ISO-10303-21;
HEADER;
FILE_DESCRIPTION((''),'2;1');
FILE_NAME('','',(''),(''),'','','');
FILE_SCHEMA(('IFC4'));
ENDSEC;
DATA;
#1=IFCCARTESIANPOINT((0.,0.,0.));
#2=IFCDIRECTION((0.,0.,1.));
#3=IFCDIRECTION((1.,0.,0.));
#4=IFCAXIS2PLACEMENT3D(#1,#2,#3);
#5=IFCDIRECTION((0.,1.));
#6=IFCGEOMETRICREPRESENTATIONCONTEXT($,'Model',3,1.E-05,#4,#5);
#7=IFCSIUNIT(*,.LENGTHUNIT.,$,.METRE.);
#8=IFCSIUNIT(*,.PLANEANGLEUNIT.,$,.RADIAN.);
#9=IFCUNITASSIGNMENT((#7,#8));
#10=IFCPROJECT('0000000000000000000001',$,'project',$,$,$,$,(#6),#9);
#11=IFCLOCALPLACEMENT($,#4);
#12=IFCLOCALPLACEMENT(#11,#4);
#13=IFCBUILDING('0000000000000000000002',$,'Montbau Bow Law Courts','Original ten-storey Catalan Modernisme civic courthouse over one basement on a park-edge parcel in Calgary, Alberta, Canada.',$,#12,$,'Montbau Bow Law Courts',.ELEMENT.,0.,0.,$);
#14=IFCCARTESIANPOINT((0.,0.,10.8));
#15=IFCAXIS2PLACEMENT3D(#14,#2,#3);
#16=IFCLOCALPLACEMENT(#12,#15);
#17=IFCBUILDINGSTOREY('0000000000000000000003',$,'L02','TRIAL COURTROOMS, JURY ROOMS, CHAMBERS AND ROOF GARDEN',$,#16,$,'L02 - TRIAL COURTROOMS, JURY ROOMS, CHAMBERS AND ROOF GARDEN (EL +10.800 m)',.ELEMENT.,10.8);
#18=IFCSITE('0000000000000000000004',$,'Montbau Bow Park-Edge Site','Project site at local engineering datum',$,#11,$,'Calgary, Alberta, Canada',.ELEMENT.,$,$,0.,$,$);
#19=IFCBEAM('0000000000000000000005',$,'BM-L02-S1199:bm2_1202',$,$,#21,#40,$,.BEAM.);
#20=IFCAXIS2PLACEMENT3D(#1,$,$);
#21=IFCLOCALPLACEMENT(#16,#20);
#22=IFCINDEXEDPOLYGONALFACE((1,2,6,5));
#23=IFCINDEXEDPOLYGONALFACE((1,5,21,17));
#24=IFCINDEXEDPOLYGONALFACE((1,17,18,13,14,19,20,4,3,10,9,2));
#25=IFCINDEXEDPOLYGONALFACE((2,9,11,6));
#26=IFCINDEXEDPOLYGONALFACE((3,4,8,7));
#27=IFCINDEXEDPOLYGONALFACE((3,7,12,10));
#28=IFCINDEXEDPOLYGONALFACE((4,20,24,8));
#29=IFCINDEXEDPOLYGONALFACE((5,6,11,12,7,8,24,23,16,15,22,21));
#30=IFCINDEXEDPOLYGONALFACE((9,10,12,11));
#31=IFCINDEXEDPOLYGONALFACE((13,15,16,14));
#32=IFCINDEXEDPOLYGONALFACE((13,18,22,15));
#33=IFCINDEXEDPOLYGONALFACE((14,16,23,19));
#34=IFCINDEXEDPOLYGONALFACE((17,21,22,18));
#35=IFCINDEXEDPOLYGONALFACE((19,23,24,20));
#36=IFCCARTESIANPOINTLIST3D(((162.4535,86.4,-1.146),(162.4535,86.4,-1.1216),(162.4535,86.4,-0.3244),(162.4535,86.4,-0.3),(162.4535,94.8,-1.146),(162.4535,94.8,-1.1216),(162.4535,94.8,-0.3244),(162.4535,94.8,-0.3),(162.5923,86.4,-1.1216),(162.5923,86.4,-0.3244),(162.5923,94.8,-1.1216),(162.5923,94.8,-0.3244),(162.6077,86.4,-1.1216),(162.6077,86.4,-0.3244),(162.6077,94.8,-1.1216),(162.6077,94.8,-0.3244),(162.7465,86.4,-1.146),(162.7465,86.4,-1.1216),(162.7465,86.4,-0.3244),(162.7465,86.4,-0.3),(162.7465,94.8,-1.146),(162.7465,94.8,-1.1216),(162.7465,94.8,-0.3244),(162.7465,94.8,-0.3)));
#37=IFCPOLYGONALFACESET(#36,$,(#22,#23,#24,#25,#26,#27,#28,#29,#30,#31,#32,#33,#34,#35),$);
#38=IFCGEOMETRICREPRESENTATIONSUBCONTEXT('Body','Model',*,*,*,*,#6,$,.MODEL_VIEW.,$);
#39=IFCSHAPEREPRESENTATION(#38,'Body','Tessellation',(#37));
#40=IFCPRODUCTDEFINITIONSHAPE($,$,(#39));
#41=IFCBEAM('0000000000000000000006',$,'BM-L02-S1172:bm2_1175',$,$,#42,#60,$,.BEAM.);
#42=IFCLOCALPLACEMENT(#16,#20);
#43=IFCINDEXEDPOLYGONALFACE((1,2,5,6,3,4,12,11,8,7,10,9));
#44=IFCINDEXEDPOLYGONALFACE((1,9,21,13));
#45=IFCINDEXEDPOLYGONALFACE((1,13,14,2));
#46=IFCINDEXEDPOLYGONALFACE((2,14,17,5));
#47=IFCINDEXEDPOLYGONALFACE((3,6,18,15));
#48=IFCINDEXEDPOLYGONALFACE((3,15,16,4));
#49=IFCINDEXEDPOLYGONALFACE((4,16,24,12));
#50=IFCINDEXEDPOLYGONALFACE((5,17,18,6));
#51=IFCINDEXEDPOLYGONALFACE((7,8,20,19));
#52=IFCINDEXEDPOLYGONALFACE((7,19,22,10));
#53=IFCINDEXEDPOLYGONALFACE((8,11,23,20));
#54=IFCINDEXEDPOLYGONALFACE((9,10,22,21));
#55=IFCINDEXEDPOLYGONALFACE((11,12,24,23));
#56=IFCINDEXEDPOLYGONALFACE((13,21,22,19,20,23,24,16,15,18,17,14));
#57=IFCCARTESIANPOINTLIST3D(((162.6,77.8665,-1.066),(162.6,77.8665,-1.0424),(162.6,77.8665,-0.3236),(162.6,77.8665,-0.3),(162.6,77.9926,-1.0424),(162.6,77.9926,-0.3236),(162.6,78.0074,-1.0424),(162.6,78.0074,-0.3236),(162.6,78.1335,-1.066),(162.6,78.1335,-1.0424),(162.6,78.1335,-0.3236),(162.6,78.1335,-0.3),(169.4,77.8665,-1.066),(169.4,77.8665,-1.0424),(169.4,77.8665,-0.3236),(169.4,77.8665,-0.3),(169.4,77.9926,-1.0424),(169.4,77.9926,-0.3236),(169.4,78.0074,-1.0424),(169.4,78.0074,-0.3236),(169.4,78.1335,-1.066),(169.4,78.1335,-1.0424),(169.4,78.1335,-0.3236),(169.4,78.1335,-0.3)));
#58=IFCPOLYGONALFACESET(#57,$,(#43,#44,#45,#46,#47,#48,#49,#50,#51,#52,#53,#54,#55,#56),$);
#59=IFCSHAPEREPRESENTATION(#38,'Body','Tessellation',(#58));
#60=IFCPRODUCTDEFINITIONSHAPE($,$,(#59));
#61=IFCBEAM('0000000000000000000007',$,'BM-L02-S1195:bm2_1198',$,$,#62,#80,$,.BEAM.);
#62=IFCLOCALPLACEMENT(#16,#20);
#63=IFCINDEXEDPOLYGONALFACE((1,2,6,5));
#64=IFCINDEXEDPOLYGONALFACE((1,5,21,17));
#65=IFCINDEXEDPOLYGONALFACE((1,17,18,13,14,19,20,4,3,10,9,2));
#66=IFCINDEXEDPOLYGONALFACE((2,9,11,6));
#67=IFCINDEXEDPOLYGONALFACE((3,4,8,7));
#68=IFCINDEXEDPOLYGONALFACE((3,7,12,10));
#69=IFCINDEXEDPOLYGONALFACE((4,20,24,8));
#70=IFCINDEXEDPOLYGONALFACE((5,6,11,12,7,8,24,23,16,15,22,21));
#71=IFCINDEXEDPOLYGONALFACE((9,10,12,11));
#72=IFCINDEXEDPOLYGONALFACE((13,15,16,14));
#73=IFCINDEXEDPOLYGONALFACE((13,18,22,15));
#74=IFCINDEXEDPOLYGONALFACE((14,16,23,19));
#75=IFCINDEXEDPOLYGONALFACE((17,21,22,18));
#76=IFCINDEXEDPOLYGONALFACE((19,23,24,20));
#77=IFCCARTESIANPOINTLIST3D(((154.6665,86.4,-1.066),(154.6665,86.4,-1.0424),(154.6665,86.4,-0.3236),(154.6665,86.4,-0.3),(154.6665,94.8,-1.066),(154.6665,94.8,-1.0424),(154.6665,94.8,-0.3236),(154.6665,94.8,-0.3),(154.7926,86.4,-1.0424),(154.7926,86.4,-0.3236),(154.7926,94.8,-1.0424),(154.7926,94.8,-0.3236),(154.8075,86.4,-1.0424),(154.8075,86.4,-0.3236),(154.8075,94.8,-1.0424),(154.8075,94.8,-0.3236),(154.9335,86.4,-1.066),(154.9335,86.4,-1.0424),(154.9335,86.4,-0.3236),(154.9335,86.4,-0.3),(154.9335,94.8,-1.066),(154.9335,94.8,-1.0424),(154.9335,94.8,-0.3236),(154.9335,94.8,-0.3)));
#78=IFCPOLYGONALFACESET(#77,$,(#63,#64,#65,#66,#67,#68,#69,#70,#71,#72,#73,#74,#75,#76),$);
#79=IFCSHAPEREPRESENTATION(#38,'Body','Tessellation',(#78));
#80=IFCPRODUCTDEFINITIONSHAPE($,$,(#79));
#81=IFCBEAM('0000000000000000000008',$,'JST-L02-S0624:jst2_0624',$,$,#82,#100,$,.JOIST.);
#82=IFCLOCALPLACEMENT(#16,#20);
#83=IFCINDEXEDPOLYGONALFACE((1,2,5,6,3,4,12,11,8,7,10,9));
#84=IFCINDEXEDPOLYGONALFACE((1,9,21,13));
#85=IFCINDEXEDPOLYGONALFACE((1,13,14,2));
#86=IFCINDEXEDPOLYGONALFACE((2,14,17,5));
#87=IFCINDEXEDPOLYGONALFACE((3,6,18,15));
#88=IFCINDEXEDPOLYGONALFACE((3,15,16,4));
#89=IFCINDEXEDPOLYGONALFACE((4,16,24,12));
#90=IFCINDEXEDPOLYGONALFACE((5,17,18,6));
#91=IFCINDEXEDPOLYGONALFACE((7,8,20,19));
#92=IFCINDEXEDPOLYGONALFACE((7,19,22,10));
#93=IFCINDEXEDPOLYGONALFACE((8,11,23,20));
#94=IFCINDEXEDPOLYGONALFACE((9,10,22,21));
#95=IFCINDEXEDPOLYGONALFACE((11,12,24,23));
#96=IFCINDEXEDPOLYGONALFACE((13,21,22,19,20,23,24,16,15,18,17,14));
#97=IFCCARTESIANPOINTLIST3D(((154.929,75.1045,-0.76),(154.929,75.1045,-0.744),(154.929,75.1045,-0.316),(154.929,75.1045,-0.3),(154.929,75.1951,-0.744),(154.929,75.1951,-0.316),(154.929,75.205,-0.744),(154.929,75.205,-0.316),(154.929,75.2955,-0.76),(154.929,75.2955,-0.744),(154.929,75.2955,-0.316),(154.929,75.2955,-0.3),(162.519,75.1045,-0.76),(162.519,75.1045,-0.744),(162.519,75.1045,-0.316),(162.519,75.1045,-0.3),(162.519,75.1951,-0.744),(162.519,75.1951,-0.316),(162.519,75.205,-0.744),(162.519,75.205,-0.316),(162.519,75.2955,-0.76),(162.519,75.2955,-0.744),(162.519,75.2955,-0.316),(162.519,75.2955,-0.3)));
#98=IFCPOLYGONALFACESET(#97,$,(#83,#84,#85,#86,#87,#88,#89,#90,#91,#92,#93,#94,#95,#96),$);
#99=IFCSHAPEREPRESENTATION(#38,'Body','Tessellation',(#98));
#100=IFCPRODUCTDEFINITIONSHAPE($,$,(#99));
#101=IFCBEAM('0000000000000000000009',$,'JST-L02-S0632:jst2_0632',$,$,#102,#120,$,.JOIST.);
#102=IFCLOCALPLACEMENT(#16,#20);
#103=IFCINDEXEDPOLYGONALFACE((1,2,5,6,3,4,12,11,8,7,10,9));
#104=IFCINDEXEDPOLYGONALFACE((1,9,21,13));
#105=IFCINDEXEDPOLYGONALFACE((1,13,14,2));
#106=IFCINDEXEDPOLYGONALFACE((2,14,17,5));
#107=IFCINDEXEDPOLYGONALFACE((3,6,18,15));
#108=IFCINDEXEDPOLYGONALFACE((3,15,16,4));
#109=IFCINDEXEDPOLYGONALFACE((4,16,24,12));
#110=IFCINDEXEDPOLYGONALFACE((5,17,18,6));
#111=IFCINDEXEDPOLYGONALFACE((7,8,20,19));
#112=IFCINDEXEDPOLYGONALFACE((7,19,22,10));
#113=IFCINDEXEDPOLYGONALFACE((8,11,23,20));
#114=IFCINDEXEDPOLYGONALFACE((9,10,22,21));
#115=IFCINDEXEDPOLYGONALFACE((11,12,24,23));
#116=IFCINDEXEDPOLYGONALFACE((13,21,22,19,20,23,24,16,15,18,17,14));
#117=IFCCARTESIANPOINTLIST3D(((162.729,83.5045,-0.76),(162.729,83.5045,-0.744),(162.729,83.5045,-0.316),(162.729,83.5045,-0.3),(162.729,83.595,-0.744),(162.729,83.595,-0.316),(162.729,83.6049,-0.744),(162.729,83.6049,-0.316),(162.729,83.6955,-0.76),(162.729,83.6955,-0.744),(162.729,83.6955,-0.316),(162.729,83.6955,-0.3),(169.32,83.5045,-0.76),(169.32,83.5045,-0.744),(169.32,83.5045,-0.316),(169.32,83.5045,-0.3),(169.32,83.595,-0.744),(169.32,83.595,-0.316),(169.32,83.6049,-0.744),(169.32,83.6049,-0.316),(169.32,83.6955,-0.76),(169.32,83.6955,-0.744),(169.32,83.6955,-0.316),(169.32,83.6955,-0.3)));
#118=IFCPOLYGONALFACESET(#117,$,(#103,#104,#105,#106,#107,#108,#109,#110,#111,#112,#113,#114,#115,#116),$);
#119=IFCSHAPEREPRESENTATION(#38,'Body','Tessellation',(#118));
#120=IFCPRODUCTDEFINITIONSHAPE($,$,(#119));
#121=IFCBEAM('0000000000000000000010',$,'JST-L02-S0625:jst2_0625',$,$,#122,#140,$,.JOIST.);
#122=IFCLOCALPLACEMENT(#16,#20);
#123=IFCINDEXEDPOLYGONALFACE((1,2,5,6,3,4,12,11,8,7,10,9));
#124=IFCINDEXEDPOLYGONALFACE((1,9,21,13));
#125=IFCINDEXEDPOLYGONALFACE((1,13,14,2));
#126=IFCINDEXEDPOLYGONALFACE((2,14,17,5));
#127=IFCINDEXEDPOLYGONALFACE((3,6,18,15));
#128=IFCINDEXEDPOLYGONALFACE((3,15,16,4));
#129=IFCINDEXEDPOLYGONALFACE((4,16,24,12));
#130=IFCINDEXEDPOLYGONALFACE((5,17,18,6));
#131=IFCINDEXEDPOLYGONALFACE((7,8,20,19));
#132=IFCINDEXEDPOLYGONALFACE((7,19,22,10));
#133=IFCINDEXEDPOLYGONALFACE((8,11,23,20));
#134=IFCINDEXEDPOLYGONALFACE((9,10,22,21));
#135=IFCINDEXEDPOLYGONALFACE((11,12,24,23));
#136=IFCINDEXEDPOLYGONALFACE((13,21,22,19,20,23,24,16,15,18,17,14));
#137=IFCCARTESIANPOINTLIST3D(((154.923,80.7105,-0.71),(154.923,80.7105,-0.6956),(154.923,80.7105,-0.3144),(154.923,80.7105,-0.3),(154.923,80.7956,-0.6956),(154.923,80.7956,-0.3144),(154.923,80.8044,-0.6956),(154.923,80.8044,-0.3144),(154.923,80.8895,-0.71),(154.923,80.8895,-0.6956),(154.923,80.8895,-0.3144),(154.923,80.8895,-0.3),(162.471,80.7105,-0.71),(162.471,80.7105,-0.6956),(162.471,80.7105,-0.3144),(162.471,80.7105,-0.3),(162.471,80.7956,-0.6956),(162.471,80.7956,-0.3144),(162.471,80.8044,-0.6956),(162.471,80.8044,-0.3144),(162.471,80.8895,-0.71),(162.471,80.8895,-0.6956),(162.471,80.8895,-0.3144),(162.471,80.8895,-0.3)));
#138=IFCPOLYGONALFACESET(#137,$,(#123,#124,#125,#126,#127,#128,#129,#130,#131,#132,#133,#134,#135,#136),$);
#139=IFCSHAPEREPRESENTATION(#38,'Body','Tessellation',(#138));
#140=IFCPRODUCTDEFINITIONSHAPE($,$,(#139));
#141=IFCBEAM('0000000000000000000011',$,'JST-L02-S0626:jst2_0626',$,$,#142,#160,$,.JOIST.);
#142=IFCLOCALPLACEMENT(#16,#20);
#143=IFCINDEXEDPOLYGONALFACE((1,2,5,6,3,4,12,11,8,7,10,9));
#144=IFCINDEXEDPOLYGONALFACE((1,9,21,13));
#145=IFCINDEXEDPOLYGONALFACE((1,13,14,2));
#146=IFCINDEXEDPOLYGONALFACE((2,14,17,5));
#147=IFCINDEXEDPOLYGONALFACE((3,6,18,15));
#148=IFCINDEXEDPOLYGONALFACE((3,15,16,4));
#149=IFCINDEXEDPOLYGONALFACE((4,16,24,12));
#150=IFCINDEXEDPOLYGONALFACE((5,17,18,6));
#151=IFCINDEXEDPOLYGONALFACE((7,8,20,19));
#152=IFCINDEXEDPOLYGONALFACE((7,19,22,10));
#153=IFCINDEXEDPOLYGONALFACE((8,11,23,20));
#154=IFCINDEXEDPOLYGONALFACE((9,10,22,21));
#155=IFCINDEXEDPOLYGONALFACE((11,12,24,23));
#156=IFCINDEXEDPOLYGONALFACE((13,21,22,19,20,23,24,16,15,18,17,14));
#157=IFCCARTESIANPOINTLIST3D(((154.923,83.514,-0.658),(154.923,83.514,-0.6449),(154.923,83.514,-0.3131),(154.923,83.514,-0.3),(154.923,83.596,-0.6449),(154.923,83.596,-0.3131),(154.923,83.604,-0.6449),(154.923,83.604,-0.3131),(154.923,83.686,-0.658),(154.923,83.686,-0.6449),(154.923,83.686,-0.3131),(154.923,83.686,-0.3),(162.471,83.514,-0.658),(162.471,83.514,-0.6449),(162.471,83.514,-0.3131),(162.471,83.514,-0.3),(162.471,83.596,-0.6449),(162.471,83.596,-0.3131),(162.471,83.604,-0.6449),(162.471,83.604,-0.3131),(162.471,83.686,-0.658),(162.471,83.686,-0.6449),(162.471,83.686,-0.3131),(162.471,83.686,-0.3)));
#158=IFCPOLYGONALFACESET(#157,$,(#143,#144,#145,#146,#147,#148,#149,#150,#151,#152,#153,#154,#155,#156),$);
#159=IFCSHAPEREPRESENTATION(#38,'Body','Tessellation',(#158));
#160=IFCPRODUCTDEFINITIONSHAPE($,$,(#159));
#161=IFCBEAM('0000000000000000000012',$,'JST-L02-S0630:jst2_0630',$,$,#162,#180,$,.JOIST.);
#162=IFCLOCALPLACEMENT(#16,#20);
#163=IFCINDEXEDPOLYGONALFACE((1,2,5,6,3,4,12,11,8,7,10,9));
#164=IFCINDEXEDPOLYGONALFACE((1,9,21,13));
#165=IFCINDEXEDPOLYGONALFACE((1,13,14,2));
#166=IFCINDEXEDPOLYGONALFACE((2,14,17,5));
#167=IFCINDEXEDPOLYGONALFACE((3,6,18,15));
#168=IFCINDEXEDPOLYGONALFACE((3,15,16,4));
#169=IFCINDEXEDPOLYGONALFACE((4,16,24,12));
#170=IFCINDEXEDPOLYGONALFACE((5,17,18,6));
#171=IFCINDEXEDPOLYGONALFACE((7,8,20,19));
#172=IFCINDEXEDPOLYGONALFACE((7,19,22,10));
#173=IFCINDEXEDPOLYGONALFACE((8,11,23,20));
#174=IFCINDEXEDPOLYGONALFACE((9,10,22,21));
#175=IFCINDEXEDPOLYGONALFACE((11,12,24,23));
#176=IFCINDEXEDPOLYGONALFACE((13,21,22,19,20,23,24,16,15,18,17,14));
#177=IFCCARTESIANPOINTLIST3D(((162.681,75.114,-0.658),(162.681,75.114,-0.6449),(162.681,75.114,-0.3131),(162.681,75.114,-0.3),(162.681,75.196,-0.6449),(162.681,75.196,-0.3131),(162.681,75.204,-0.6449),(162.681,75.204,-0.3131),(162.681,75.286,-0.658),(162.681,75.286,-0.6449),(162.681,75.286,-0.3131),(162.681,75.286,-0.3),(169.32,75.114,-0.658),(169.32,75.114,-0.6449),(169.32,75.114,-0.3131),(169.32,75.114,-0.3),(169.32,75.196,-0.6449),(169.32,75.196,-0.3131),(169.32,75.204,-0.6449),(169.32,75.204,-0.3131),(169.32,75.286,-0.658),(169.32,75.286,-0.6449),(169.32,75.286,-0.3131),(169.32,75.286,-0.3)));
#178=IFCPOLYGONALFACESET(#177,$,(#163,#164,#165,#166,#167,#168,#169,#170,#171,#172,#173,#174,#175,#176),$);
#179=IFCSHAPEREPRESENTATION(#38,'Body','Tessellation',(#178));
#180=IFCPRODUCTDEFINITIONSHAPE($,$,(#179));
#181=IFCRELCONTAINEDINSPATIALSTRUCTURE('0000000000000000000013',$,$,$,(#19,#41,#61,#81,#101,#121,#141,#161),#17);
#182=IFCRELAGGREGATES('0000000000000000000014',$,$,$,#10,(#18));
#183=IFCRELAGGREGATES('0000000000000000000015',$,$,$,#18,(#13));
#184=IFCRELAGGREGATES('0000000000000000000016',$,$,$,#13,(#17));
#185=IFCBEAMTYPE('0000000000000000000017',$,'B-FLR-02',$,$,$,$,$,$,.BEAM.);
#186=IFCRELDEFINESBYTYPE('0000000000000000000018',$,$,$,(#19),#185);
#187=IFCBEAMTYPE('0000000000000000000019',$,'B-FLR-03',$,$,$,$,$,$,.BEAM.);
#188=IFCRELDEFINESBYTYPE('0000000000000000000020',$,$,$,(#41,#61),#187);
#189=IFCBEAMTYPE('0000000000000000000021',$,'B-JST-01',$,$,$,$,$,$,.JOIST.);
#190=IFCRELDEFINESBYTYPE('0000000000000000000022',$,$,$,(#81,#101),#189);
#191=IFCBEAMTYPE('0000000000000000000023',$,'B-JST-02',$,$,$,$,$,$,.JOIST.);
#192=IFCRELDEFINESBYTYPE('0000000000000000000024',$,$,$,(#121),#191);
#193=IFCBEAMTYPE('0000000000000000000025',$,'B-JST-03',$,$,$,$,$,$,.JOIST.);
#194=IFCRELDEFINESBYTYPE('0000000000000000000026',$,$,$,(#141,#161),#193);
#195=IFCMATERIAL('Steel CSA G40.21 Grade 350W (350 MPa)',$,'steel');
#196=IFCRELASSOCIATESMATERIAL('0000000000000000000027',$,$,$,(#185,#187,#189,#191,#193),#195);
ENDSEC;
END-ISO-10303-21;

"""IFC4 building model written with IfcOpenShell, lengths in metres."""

from ifc_helpers import new_model, si_unit, direction, frame, origin_with_axes, origin_2d_with_axis, place, context, subcontext, project, spatial, i_section, extrude, material, material_profile, profile_set, type_object, element, save


model = new_model("IFC4")

# Units and contexts
model_context = context("Model", 3, precision=1e-05, world=origin_with_axes(), true_north=direction((0.0, 1.0)))
body_context = subcontext(model_context, "Body", "Model", "MODEL_VIEW")
ifc_project = project(units=[si_unit("LENGTHUNIT", "METRE"), si_unit("PLANEANGLEUNIT", "RADIAN")], contexts=[model_context])

# Site, building, storey
site_placement = place(None, origin_with_axes())
site = spatial("IfcSite", under=ifc_project, at=site_placement, Name="Montbau Bow Park-Edge Site", Description="Project site at local engineering datum", LongName="Calgary, Alberta, Canada", CompositionType="ELEMENT", RefElevation=0.0)
building_placement = place(site_placement, origin_with_axes())
building = spatial("IfcBuilding", under=site, at=building_placement, Name="Montbau Bow Law Courts", Description="Original ten-storey Catalan Modernisme civic courthouse over one basement on a park-edge parcel in Calgary, Alberta, Canada.", LongName="Montbau Bow Law Courts", CompositionType="ELEMENT", ElevationOfRefHeight=0.0, ElevationOfTerrain=0.0)
storey_placement = place(building_placement, frame((0.0, 0.0, 10.8), z_axis=(0.0, 0.0, 1.0), x_axis=(1.0, 0.0, 0.0)))
storey = spatial("IfcBuildingStorey", under=building, at=storey_placement, Name="L02", Description="TRIAL COURTROOMS, JURY ROOMS, CHAMBERS AND ROOF GARDEN", LongName="L02 - TRIAL COURTROOMS, JURY ROOMS, CHAMBERS AND ROOF GARDEN (EL +10.800 m)", CompositionType="ELEMENT", Elevation=10.8)

# Shared definitions
ifc_material_1 = material(Name="Steel CSA G40.21 Grade 350W (350 MPa)", Category="steel")

# Beams
ifc_material_profile_1 = material_profile(ifc_material_1, i_section(OverallWidth=0.293, OverallDepth=0.846, WebThickness=0.0154, FlangeThickness=0.0244, at=origin_2d_with_axis()), Name="W840X210", Category="Main", Priority=0)
ifc_profile_set_1 = profile_set([ifc_material_profile_1], Name="Steel CSA G40.21 Grade 350W (350 MPa)")
beam_type_1 = type_object("IfcBeamType", Name="B-FLR-02", PredefinedType="BEAM", material=ifc_profile_set_1)
for number, where, z_axis, x_axis, name in (
    (1, (162.6, 86.4, 10.077), (0.0, 1.0, 0.0), (-1.0, 0.0, 0.0), "BM-L02-S1199:bm2_1202"),
):
    element("IfcBeam", number, at=place(None, frame(where, z_axis=z_axis, x_axis=x_axis)), inside=storey, type_object=beam_type_1, Name=name, PredefinedType="BEAM", context=body_context, shape_type="SweptSolid", body=[
        extrude(i_section(OverallWidth=0.293, OverallDepth=0.846, WebThickness=0.0154, FlangeThickness=0.0244, at=origin_2d_with_axis()), origin_with_axes(), (0.0, 0.0, 1.0), 8.4),
    ])
ifc_material_profile_2 = material_profile(ifc_material_1, i_section(OverallWidth=0.267, OverallDepth=0.766, WebThickness=0.0149, FlangeThickness=0.0236, at=origin_2d_with_axis()), Name="W760X185", Category="Main", Priority=0)
ifc_profile_set_2 = profile_set([ifc_material_profile_2], Name="Steel CSA G40.21 Grade 350W (350 MPa)")
beam_type_2 = type_object("IfcBeamType", Name="B-FLR-03", PredefinedType="BEAM", material=ifc_profile_set_2)
beam_1_placement = place(None, frame((162.6, 78.0, 10.117), z_axis=(1.0, 0.0, 0.0), x_axis=(0.0, 1.0, 0.0)))
element("IfcBeam", 2, at=beam_1_placement, inside=storey, type_object=beam_type_2, Name="BM-L02-S1172:bm2_1175", PredefinedType="BEAM", context=body_context, shape_type="SweptSolid", body=[
    extrude(i_section(OverallWidth=0.267, OverallDepth=0.766, WebThickness=0.0149, FlangeThickness=0.0236, at=origin_2d_with_axis()), origin_with_axes(), (0.0, 0.0, 1.0), 6.8),
])
beam_2_placement = place(None, frame((154.8, 86.4, 10.117), z_axis=(0.0, 1.0, 0.0), x_axis=(-1.0, 0.0, 0.0)))
element("IfcBeam", 3, at=beam_2_placement, inside=storey, type_object=beam_type_2, Name="BM-L02-S1195:bm2_1198", PredefinedType="BEAM", context=body_context, shape_type="SweptSolid", body=[
    extrude(i_section(OverallWidth=0.267, OverallDepth=0.766, WebThickness=0.0149, FlangeThickness=0.0236, at=origin_2d_with_axis()), origin_with_axes(), (0.0, 0.0, 1.0), 8.4),
])
ifc_material_profile_3 = material_profile(ifc_material_1, i_section(OverallWidth=0.191, OverallDepth=0.46, WebThickness=0.0099, FlangeThickness=0.016, at=origin_2d_with_axis()), Name="W460X82", Category="Main", Priority=0)
ifc_profile_set_3 = profile_set([ifc_material_profile_3], Name="Steel CSA G40.21 Grade 350W (350 MPa)")
beam_type_3 = type_object("IfcBeamType", Name="B-JST-01", PredefinedType="JOIST", material=ifc_profile_set_3)
beam_3_placement = place(None, frame((154.929, 75.2, 10.27), z_axis=(1.0, 0.0, 0.0), x_axis=(0.0, 1.0, 0.0)))
element("IfcBeam", 4, at=beam_3_placement, inside=storey, type_object=beam_type_3, Name="JST-L02-S0624:jst2_0624", PredefinedType="JOIST", context=body_context, shape_type="SweptSolid", body=[
    extrude(i_section(OverallWidth=0.191, OverallDepth=0.46, WebThickness=0.0099, FlangeThickness=0.016, at=origin_2d_with_axis()), origin_with_axes(), (0.0, 0.0, 1.0), 7.59),
])
beam_4_placement = place(None, frame((162.729, 83.6, 10.27), z_axis=(1.0, 0.0, 0.0), x_axis=(0.0, 1.0, 0.0)))
element("IfcBeam", 5, at=beam_4_placement, inside=storey, type_object=beam_type_3, Name="JST-L02-S0632:jst2_0632", PredefinedType="JOIST", context=body_context, shape_type="SweptSolid", body=[
    extrude(i_section(OverallWidth=0.191, OverallDepth=0.46, WebThickness=0.0099, FlangeThickness=0.016, at=origin_2d_with_axis()), origin_with_axes(), (0.0, 0.0, 1.0), 6.591),
])
ifc_material_profile_4 = material_profile(ifc_material_1, i_section(OverallWidth=0.179, OverallDepth=0.41, WebThickness=0.0088, FlangeThickness=0.0144, at=origin_2d_with_axis()), Name="W410X67", Category="Main", Priority=0)
ifc_profile_set_4 = profile_set([ifc_material_profile_4], Name="Steel CSA G40.21 Grade 350W (350 MPa)")
beam_type_4 = type_object("IfcBeamType", Name="B-JST-02", PredefinedType="JOIST", material=ifc_profile_set_4)
beam_5_placement = place(None, frame((154.923, 80.8, 10.295), z_axis=(1.0, 0.0, 0.0), x_axis=(0.0, 1.0, 0.0)))
element("IfcBeam", 6, at=beam_5_placement, inside=storey, type_object=beam_type_4, Name="JST-L02-S0625:jst2_0625", PredefinedType="JOIST", context=body_context, shape_type="SweptSolid", body=[
    extrude(i_section(OverallWidth=0.179, OverallDepth=0.41, WebThickness=0.0088, FlangeThickness=0.0144, at=origin_2d_with_axis()), origin_with_axes(), (0.0, 0.0, 1.0), 7.548),
])
ifc_material_profile_5 = material_profile(ifc_material_1, i_section(OverallWidth=0.172, OverallDepth=0.358, WebThickness=0.0079, FlangeThickness=0.0131, at=origin_2d_with_axis()), Name="W360X57", Category="Main", Priority=0)
ifc_profile_set_5 = profile_set([ifc_material_profile_5], Name="Steel CSA G40.21 Grade 350W (350 MPa)")
beam_type_5 = type_object("IfcBeamType", Name="B-JST-03", PredefinedType="JOIST", material=ifc_profile_set_5)
beam_6_placement = place(None, frame((154.923, 83.6, 10.321), z_axis=(1.0, 0.0, 0.0), x_axis=(0.0, 1.0, 0.0)))
element("IfcBeam", 7, at=beam_6_placement, inside=storey, type_object=beam_type_5, Name="JST-L02-S0626:jst2_0626", PredefinedType="JOIST", context=body_context, shape_type="SweptSolid", body=[
    extrude(i_section(OverallWidth=0.172, OverallDepth=0.358, WebThickness=0.0079, FlangeThickness=0.0131, at=origin_2d_with_axis()), origin_with_axes(), (0.0, 0.0, 1.0), 7.548),
])
beam_7_placement = place(None, frame((162.681, 75.2, 10.321), z_axis=(1.0, 0.0, 0.0), x_axis=(0.0, 1.0, 0.0)))
element("IfcBeam", 8, at=beam_7_placement, inside=storey, type_object=beam_type_5, Name="JST-L02-S0630:jst2_0630", PredefinedType="JOIST", context=body_context, shape_type="SweptSolid", body=[
    extrude(i_section(OverallWidth=0.172, OverallDepth=0.358, WebThickness=0.0079, FlangeThickness=0.0131, at=origin_2d_with_axis()), origin_with_axes(), (0.0, 0.0, 1.0), 6.639),
])

save(model, "model.ifc")
